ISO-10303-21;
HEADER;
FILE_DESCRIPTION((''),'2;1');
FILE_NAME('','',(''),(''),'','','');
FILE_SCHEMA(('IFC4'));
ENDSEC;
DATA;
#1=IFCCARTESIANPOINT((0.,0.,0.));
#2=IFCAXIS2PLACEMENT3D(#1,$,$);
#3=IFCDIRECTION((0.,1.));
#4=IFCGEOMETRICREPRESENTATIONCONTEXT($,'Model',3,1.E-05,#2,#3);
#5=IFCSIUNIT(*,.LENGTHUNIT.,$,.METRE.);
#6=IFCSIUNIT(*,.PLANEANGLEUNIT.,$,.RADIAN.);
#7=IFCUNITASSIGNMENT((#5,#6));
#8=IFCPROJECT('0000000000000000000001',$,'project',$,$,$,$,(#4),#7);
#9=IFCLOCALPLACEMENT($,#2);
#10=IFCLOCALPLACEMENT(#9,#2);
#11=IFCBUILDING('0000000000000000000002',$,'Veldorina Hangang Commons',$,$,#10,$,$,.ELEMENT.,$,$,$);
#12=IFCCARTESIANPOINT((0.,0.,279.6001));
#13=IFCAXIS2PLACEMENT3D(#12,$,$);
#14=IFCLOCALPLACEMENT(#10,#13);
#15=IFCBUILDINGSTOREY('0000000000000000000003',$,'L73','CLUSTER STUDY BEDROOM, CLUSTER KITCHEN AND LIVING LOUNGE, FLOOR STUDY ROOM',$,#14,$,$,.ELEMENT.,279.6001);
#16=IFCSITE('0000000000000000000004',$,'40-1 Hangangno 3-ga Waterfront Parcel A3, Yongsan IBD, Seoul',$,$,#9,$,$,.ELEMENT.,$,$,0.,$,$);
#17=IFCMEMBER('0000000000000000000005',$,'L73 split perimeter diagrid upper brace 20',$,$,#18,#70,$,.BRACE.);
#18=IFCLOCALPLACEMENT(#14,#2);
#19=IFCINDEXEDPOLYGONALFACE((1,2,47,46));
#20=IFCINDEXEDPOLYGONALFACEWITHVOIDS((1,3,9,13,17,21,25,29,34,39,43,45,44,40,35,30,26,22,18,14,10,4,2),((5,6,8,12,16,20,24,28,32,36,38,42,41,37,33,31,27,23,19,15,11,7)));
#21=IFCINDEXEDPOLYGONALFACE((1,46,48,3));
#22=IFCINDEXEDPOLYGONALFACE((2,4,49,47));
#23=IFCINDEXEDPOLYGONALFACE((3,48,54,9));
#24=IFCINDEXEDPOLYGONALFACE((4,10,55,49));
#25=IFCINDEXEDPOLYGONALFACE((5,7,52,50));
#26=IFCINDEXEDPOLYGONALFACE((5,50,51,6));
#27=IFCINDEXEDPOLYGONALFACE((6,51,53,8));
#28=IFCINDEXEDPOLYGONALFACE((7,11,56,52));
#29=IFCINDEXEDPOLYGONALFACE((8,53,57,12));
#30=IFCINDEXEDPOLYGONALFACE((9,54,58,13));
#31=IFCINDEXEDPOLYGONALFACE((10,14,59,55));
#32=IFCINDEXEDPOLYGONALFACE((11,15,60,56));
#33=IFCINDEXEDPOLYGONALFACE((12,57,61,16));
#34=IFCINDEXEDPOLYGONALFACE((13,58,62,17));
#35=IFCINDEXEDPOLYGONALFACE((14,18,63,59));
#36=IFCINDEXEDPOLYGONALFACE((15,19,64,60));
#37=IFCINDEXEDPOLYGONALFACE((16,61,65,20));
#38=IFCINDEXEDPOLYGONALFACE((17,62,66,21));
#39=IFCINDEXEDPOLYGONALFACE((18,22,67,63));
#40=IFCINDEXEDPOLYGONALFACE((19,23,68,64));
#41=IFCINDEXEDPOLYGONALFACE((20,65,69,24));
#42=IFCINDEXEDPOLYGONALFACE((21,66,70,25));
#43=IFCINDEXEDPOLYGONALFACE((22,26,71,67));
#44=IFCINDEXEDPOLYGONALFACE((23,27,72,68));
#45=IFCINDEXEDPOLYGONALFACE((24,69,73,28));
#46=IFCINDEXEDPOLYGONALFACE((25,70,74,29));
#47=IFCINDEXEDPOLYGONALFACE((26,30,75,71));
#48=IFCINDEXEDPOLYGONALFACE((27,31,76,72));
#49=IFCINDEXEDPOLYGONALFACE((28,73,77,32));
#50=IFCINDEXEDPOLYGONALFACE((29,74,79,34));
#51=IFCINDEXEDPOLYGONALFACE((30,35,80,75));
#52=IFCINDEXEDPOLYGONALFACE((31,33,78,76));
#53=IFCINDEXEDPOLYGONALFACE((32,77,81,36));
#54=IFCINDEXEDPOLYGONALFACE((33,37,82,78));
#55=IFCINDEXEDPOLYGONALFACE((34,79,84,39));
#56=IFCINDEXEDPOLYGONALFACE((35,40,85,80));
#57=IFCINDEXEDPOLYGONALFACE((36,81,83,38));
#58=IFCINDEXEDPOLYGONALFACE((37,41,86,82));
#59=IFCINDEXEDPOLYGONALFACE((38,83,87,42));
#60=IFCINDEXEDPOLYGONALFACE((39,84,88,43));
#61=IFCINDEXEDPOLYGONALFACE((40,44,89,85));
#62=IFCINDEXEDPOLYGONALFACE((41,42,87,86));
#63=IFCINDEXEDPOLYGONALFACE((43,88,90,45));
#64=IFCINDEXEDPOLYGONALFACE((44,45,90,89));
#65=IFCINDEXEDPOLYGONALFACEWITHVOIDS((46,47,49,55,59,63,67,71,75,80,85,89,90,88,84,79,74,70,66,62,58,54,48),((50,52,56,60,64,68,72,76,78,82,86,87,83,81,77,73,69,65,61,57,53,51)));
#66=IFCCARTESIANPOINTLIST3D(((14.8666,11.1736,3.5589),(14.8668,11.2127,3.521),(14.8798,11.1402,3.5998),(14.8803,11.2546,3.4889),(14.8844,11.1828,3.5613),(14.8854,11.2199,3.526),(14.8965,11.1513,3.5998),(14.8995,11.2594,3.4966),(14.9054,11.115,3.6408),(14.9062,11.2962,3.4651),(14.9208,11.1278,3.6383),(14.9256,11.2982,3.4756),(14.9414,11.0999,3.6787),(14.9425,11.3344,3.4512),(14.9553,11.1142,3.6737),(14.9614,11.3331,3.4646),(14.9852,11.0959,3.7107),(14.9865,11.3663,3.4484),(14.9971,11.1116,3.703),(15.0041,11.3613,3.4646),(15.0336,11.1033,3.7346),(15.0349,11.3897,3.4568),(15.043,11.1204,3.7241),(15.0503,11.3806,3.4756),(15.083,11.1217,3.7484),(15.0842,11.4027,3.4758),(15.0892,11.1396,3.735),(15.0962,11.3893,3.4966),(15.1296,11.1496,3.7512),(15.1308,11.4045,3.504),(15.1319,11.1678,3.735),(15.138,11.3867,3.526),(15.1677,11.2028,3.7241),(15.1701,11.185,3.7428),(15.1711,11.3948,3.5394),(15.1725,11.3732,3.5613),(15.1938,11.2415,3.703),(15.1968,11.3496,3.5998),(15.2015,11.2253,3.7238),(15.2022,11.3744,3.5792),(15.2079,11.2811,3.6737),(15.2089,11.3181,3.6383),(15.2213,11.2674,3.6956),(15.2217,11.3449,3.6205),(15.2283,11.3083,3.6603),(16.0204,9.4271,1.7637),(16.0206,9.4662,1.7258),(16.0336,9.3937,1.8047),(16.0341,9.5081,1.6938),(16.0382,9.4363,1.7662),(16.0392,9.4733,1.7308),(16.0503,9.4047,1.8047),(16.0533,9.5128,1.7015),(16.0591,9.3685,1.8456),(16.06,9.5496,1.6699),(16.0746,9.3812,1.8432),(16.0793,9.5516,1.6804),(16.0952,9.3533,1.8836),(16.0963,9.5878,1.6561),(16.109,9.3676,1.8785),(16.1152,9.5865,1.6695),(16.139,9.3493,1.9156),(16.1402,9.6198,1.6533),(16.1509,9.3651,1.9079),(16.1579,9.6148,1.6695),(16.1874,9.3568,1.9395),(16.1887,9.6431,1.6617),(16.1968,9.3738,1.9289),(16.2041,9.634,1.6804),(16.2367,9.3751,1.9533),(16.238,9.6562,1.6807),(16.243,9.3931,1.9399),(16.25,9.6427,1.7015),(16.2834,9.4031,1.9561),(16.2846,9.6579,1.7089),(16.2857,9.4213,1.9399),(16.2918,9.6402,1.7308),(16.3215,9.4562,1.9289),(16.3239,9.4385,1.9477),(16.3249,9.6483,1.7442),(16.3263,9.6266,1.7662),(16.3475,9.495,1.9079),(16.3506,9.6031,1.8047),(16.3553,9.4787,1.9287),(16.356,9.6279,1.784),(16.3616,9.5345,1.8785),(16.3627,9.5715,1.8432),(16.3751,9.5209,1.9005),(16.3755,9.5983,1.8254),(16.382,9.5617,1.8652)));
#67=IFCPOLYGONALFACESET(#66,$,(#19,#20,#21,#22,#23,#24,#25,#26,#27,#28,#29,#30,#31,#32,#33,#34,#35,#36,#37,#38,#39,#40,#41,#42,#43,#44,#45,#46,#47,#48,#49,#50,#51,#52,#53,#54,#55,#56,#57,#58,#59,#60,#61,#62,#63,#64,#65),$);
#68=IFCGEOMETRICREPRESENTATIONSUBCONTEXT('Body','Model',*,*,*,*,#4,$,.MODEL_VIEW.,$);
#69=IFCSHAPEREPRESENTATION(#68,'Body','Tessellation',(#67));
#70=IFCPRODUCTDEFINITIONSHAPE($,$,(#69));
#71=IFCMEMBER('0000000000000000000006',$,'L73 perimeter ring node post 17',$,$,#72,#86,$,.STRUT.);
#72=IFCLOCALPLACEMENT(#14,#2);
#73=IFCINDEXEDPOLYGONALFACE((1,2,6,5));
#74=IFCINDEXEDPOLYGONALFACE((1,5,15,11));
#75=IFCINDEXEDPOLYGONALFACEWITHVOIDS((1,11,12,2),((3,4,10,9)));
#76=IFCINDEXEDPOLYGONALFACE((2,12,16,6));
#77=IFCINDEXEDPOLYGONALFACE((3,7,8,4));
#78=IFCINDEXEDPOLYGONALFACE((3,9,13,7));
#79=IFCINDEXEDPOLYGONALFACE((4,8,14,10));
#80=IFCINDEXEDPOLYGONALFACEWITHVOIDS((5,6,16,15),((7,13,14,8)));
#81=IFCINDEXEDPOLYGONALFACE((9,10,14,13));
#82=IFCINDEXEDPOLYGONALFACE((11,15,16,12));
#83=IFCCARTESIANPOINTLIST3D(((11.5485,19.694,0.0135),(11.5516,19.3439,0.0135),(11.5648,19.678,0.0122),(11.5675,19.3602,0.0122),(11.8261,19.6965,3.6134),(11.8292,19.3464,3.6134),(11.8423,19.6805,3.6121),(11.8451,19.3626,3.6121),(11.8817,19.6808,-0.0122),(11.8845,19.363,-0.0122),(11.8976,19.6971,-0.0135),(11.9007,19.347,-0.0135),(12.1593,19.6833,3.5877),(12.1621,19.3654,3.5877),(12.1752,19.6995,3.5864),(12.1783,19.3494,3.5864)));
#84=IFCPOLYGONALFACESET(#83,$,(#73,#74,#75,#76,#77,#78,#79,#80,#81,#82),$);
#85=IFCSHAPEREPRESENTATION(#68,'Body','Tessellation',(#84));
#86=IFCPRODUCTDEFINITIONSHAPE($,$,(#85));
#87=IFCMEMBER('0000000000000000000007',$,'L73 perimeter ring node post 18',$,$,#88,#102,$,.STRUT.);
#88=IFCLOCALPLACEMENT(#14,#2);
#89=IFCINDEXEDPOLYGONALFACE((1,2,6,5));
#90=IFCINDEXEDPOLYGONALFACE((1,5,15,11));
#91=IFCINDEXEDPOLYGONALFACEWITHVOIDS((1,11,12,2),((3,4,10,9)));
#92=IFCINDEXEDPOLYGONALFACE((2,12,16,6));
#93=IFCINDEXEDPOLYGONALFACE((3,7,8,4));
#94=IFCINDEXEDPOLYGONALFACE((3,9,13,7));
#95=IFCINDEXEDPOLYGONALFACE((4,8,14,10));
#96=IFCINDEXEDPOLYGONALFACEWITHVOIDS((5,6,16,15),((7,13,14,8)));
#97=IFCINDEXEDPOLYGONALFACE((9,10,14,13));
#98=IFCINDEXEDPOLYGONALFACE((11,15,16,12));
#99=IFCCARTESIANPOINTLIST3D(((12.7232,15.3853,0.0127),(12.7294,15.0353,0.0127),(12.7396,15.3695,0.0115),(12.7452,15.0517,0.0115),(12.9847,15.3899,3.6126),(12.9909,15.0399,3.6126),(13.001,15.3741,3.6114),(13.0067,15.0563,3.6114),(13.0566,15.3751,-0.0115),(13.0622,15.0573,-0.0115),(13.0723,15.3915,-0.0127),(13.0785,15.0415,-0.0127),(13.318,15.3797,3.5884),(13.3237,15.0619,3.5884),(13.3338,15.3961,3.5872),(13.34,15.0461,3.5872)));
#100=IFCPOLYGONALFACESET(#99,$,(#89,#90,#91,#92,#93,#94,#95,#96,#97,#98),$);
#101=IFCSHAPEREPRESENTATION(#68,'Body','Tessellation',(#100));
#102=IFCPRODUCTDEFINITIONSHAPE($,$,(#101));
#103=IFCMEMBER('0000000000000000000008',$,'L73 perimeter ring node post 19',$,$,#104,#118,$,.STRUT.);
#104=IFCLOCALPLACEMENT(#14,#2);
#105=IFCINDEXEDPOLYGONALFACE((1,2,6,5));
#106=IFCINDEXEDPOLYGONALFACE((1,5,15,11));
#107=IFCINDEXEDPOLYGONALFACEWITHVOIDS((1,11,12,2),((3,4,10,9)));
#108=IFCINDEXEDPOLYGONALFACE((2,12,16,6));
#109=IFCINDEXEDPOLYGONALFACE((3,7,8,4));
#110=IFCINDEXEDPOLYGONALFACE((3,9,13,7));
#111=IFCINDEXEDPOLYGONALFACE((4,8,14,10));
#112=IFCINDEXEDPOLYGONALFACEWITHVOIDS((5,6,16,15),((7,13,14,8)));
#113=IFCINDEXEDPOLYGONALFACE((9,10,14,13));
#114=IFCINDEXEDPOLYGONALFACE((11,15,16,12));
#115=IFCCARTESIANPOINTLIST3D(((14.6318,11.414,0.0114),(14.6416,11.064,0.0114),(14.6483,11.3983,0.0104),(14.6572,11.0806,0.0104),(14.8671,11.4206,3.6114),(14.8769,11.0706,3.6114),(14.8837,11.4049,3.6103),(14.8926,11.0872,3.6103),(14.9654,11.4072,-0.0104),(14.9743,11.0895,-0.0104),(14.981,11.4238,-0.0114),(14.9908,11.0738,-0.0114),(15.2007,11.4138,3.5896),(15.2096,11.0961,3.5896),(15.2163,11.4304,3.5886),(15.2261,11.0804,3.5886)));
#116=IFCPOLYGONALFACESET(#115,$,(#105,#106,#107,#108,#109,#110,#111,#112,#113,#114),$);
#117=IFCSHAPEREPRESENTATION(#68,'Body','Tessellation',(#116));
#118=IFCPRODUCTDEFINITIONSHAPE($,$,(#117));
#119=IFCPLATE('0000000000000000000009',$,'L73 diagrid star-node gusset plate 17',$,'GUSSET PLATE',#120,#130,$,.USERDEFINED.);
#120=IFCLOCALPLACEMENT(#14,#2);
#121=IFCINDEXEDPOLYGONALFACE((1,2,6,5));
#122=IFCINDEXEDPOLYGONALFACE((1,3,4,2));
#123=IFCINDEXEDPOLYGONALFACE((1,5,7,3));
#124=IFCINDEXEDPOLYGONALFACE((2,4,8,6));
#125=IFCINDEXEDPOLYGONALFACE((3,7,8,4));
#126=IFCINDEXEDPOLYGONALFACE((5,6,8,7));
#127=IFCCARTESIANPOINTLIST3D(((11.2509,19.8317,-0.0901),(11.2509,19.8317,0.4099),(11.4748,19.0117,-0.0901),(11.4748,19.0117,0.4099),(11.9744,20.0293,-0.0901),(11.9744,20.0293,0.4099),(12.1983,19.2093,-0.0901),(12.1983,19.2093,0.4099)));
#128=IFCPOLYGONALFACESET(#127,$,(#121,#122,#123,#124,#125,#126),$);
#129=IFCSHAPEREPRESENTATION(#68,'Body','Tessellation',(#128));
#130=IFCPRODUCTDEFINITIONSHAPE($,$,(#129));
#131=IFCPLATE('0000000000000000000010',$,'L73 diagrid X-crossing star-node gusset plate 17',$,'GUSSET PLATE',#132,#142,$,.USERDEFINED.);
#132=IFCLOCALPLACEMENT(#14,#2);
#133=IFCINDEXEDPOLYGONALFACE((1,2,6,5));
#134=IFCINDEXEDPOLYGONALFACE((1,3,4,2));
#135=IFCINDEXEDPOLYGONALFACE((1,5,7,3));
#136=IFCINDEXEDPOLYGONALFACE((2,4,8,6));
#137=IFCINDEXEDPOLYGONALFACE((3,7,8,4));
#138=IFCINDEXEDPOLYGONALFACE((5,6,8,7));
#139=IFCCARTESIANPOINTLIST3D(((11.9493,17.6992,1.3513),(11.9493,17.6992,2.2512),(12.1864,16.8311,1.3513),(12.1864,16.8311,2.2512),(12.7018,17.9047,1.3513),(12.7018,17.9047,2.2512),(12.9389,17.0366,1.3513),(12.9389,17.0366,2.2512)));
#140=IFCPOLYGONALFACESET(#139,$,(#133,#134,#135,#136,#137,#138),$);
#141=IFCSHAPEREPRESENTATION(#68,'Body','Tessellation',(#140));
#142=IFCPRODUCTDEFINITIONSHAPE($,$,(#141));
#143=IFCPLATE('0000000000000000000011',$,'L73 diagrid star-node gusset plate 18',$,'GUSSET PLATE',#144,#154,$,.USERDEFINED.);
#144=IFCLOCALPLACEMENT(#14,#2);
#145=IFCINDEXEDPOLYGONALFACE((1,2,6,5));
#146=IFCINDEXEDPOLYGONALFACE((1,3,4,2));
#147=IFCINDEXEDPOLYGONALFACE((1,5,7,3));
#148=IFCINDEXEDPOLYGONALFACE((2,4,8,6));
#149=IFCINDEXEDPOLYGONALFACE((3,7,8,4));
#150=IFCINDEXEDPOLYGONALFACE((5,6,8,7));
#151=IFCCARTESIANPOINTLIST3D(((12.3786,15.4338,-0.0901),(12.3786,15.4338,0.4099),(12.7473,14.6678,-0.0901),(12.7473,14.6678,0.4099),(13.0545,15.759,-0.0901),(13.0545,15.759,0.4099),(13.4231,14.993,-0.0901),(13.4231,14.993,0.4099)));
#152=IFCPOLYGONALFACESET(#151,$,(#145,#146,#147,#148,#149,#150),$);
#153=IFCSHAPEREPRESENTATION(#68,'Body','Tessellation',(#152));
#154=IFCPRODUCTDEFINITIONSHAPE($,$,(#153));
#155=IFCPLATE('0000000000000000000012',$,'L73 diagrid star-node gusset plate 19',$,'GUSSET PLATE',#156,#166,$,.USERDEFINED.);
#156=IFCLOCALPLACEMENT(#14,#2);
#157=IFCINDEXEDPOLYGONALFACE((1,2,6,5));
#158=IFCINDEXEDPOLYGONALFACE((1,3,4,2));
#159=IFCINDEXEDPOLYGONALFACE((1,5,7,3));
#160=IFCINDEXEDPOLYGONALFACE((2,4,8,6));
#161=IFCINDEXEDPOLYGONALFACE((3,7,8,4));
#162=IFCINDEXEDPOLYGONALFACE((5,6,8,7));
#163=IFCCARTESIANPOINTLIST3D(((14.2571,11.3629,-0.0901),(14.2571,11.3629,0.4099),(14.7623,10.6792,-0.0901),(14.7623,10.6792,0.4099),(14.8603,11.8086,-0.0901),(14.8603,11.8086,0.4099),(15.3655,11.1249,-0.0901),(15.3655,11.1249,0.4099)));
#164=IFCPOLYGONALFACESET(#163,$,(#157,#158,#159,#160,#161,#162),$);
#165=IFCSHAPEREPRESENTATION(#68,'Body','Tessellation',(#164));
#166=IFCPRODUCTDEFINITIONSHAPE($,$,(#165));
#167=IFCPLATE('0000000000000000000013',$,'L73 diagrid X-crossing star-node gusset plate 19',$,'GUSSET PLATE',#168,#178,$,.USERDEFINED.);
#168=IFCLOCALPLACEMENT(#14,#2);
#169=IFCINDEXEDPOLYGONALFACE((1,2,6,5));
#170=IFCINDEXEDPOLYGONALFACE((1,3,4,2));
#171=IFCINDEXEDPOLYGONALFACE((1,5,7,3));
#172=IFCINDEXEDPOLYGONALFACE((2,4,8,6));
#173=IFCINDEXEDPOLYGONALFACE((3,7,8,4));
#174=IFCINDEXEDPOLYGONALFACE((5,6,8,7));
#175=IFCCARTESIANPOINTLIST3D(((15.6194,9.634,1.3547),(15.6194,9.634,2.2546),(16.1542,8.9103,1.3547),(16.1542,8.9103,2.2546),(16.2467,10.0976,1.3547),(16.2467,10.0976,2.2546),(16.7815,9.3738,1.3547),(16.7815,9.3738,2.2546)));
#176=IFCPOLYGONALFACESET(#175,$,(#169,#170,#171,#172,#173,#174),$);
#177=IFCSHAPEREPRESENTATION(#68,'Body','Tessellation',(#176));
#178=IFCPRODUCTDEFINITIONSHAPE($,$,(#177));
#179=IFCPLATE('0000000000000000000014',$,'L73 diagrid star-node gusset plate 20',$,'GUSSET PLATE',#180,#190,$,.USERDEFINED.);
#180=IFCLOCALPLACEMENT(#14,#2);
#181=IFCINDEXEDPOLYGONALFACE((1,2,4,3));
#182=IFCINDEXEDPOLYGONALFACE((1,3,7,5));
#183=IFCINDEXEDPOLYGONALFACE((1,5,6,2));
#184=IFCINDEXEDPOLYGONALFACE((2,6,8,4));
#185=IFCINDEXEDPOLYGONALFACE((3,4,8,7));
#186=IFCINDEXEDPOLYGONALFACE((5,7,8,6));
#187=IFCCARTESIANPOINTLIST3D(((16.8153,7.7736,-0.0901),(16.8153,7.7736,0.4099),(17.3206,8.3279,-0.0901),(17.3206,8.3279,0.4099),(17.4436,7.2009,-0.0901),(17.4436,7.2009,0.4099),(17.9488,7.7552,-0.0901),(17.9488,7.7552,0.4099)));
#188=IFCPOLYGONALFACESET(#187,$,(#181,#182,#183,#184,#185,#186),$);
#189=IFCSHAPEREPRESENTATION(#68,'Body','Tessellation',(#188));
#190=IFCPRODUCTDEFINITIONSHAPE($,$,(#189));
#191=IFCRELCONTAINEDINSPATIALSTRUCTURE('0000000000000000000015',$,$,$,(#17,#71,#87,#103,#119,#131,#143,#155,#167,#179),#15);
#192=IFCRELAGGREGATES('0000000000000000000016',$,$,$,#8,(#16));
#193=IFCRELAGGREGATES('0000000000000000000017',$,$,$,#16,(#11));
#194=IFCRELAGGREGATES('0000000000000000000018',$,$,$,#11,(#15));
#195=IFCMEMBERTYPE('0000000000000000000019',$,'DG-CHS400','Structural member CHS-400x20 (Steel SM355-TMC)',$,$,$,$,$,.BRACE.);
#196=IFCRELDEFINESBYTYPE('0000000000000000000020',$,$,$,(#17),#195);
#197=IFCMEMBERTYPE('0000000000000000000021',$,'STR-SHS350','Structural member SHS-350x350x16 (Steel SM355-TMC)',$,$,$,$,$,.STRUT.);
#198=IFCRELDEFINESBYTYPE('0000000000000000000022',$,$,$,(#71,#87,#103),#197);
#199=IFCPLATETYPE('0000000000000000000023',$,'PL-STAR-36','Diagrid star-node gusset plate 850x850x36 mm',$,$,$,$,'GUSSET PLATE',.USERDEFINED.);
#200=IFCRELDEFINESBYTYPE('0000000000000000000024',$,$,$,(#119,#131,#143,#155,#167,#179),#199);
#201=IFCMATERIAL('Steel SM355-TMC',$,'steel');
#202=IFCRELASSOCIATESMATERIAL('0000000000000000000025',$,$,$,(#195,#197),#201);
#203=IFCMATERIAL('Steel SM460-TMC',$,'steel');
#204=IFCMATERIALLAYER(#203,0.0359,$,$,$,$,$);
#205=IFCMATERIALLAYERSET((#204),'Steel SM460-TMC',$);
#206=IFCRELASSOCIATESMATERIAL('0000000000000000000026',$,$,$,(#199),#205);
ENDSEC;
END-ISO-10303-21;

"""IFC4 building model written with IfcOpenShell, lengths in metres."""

from ifc_helpers import new_model, si_unit, direction, frame, origin, origin_2d, place, context, subcontext, project, spatial, rectangle, hollow_rectangle, hollow_circle, extrude, material, layer, layer_set, material_profile, profile_set, type_object, element, save


model = new_model("IFC4")

# Units and contexts
model_context = context("Model", 3, precision=1e-05, world=origin(), true_north=direction((0.0, 1.0)))
body_context = subcontext(model_context, "Body", "Model", "MODEL_VIEW")
ifc_project = project(units=[si_unit("LENGTHUNIT", "METRE"), si_unit("PLANEANGLEUNIT", "RADIAN")], contexts=[model_context])

# Site, building, storey
site_placement = place(None, origin())
site = spatial("IfcSite", under=ifc_project, at=site_placement, Name="40-1 Hangangno 3-ga Waterfront Parcel A3, Yongsan IBD, Seoul", CompositionType="ELEMENT", RefElevation=0.0)
building_placement = place(site_placement, origin())
building = spatial("IfcBuilding", under=site, at=building_placement, Name="Veldorina Hangang Commons", CompositionType="ELEMENT")
storey_placement = place(building_placement, frame((0.0, 0.0, 279.6001)))
storey = spatial("IfcBuildingStorey", under=building, at=storey_placement, Name="L73", Description="CLUSTER STUDY BEDROOM, CLUSTER KITCHEN AND LIVING LOUNGE, FLOOR STUDY ROOM", CompositionType="ELEMENT", Elevation=279.6001)

# Shared definitions
ifc_material_1 = material(Name="Steel SM355-TMC", Category="steel")

# Members
ifc_material_profile_1 = material_profile(ifc_material_1, hollow_circle(Radius=0.2, WallThickness=0.02, at=origin_2d()), Name="CHS-400x20")
ifc_profile_set_1 = profile_set([ifc_material_profile_1], Name="Steel SM355-TMC")
member_type_1 = type_object("IfcMemberType", Name="DG-CHS400", Description="Structural member CHS-400x20 (Steel SM355-TMC)", PredefinedType="BRACE", material=ifc_profile_set_1)
member_1_placement = place(storey_placement, frame((16.2004, 9.5039, 1.8047), z_axis=(-0.418408, 0.633367, 0.650985), x_axis=(-0.834376, -0.551196, 0.0)))
element("IfcMember", 1, at=member_1_placement, inside=storey, type_object=member_type_1, Name="L73 split perimeter diagrid upper brace 20", PredefinedType="BRACE", context=body_context, shape_type="SweptSolid", body=[
    extrude(hollow_circle(Radius=0.2, WallThickness=0.02, at=origin_2d()), origin(), (0.0, 0.0, 1.0), 2.7576),
])
ifc_material_profile_2 = material_profile(ifc_material_1, hollow_rectangle(XDim=0.3501, YDim=0.3501, WallThickness=0.0161, at=origin_2d()), Name="SHS-350x350x16")
ifc_profile_set_2 = profile_set([ifc_material_profile_2], Name="Steel SM355-TMC")
member_type_2 = type_object("IfcMemberType", Name="STR-SHS350", Description="Structural member SHS-350x350x16 (Steel SM355-TMC)", PredefinedType="STRUT", material=ifc_profile_set_2)
member_2_placement = place(storey_placement, frame((11.7246, 19.5205, 0.0), z_axis=(0.076883, 0.000676, 0.99704), x_axis=(-0.008795, 0.999961, 0.0)))
element("IfcMember", 2, at=member_2_placement, inside=storey, type_object=member_type_2, Name="L73 perimeter ring node post 17", PredefinedType="STRUT", context=body_context, shape_type="SweptSolid", body=[
    extrude(hollow_rectangle(XDim=0.3501, YDim=0.3501, WallThickness=0.0161, at=origin_2d()), origin(), (0.0, 0.0, 1.0), 3.6106),
])
member_3_placement = place(storey_placement, frame((12.9009, 15.2134, 0.0), z_axis=(0.072444, 0.001285, 0.997372), x_axis=(-0.017738, 0.999843, 0.0)))
element("IfcMember", 3, at=member_3_placement, inside=storey, type_object=member_type_2, Name="L73 perimeter ring node post 18", PredefinedType="STRUT", context=body_context, shape_type="SweptSolid", body=[
    extrude(hollow_rectangle(XDim=0.3501, YDim=0.3501, WallThickness=0.0161, at=origin_2d()), origin(), (0.0, 0.0, 1.0), 3.6094),
])
member_4_placement = place(storey_placement, frame((14.8113, 11.2439, 0.0), z_axis=(0.065239, 0.001827, 0.997868), x_axis=(-0.027997, 0.999608, 0.0)))
element("IfcMember", 4, at=member_4_placement, inside=storey, type_object=member_type_2, Name="L73 perimeter ring node post 19", PredefinedType="STRUT", context=body_context, shape_type="SweptSolid", body=[
    extrude(hollow_rectangle(XDim=0.3501, YDim=0.3501, WallThickness=0.0161, at=origin_2d()), origin(), (0.0, 0.0, 1.0), 3.6077),
])

# Plates
ifc_material_2 = material(Name="Steel SM460-TMC", Category="steel")
ifc_layer_1 = layer(ifc_material_2, 0.0359)
ifc_layer_set_1 = layer_set([ifc_layer_1], Name="Steel SM460-TMC")
plate_type = type_object("IfcPlateType", Name="PL-STAR-36", Description="Diagrid star-node gusset plate 850x850x36 mm", ElementType="GUSSET PLATE", PredefinedType="USERDEFINED", material=ifc_layer_set_1)
plate_1_placement = place(storey_placement, frame((11.7246, 19.5205, -0.0901), z_axis=(0.0, 0.0, 1.0), x_axis=(0.263469, -0.964668, 0.0)))
element("IfcPlate", 5, at=plate_1_placement, inside=storey, type_object=plate_type, Name="L73 diagrid star-node gusset plate 17", ObjectType="GUSSET PLATE", PredefinedType="USERDEFINED", context=body_context, shape_type="SweptSolid", body=[
    extrude(rectangle(XDim=0.8501, YDim=0.75, at=origin_2d()), origin(), (0.0, 0.0, 1.0), 0.5),
])
plate_2_placement = place(storey_placement, frame((12.4441, 17.3679, 1.3513), z_axis=(0.0, 0.0, 1.0), x_axis=(0.263469, -0.964668, 0.0)))
element("IfcPlate", 6, at=plate_2_placement, inside=storey, type_object=plate_type, Name="L73 diagrid X-crossing star-node gusset plate 17", ObjectType="GUSSET PLATE", PredefinedType="USERDEFINED", context=body_context, shape_type="SweptSolid", body=[
    extrude(rectangle(XDim=0.8999, YDim=0.78, at=origin_2d()), origin(), (0.0, 0.0, 1.0), 0.8999),
])
for number, where, z_axis, x_axis, name in (
    (7, (12.9009, 15.2134, -0.0901), (0.0, 0.0, 1.0), (0.433659, -0.901077, 0.0), "L73 diagrid star-node gusset plate 18"),
    (8, (14.8113, 11.2439, -0.0901), (0.0, 0.0, 1.0), (0.594261, -0.804272, 0.0), "L73 diagrid star-node gusset plate 19"),
):
    element("IfcPlate", number, at=place(storey_placement, frame(where, z_axis=z_axis, x_axis=x_axis)), inside=storey, type_object=plate_type, Name=name, ObjectType="GUSSET PLATE", PredefinedType="USERDEFINED", context=body_context, shape_type="SweptSolid", body=[
        extrude(rectangle(XDim=0.8501, YDim=0.75, at=origin_2d()), origin(), (0.0, 0.0, 1.0), 0.5),
    ])
plate_3_placement = place(storey_placement, frame((16.2004, 9.5039, 1.3547), z_axis=(0.0, 0.0, 1.0), x_axis=(0.594261, -0.804272, 0.0)))
element("IfcPlate", 9, at=plate_3_placement, inside=storey, type_object=plate_type, Name="L73 diagrid X-crossing star-node gusset plate 19", ObjectType="GUSSET PLATE", PredefinedType="USERDEFINED", context=body_context, shape_type="SweptSolid", body=[
    extrude(rectangle(XDim=0.8999, YDim=0.78, at=origin_2d()), origin(), (0.0, 0.0, 1.0), 0.8999),
])
plate_4_placement = place(storey_placement, frame((17.3821, 7.7644, -0.0901), z_axis=(0.0, 0.0, 1.0), x_axis=(0.739055, -0.673645, 0.0)))
element("IfcPlate", 10, at=plate_4_placement, inside=storey, type_object=plate_type, Name="L73 diagrid star-node gusset plate 20", ObjectType="GUSSET PLATE", PredefinedType="USERDEFINED", context=body_context, shape_type="SweptSolid", body=[
    extrude(rectangle(XDim=0.8501, YDim=0.75, at=origin_2d()), origin(), (0.0, 0.0, 1.0), 0.5),
])

save(model, "model.ifc")
